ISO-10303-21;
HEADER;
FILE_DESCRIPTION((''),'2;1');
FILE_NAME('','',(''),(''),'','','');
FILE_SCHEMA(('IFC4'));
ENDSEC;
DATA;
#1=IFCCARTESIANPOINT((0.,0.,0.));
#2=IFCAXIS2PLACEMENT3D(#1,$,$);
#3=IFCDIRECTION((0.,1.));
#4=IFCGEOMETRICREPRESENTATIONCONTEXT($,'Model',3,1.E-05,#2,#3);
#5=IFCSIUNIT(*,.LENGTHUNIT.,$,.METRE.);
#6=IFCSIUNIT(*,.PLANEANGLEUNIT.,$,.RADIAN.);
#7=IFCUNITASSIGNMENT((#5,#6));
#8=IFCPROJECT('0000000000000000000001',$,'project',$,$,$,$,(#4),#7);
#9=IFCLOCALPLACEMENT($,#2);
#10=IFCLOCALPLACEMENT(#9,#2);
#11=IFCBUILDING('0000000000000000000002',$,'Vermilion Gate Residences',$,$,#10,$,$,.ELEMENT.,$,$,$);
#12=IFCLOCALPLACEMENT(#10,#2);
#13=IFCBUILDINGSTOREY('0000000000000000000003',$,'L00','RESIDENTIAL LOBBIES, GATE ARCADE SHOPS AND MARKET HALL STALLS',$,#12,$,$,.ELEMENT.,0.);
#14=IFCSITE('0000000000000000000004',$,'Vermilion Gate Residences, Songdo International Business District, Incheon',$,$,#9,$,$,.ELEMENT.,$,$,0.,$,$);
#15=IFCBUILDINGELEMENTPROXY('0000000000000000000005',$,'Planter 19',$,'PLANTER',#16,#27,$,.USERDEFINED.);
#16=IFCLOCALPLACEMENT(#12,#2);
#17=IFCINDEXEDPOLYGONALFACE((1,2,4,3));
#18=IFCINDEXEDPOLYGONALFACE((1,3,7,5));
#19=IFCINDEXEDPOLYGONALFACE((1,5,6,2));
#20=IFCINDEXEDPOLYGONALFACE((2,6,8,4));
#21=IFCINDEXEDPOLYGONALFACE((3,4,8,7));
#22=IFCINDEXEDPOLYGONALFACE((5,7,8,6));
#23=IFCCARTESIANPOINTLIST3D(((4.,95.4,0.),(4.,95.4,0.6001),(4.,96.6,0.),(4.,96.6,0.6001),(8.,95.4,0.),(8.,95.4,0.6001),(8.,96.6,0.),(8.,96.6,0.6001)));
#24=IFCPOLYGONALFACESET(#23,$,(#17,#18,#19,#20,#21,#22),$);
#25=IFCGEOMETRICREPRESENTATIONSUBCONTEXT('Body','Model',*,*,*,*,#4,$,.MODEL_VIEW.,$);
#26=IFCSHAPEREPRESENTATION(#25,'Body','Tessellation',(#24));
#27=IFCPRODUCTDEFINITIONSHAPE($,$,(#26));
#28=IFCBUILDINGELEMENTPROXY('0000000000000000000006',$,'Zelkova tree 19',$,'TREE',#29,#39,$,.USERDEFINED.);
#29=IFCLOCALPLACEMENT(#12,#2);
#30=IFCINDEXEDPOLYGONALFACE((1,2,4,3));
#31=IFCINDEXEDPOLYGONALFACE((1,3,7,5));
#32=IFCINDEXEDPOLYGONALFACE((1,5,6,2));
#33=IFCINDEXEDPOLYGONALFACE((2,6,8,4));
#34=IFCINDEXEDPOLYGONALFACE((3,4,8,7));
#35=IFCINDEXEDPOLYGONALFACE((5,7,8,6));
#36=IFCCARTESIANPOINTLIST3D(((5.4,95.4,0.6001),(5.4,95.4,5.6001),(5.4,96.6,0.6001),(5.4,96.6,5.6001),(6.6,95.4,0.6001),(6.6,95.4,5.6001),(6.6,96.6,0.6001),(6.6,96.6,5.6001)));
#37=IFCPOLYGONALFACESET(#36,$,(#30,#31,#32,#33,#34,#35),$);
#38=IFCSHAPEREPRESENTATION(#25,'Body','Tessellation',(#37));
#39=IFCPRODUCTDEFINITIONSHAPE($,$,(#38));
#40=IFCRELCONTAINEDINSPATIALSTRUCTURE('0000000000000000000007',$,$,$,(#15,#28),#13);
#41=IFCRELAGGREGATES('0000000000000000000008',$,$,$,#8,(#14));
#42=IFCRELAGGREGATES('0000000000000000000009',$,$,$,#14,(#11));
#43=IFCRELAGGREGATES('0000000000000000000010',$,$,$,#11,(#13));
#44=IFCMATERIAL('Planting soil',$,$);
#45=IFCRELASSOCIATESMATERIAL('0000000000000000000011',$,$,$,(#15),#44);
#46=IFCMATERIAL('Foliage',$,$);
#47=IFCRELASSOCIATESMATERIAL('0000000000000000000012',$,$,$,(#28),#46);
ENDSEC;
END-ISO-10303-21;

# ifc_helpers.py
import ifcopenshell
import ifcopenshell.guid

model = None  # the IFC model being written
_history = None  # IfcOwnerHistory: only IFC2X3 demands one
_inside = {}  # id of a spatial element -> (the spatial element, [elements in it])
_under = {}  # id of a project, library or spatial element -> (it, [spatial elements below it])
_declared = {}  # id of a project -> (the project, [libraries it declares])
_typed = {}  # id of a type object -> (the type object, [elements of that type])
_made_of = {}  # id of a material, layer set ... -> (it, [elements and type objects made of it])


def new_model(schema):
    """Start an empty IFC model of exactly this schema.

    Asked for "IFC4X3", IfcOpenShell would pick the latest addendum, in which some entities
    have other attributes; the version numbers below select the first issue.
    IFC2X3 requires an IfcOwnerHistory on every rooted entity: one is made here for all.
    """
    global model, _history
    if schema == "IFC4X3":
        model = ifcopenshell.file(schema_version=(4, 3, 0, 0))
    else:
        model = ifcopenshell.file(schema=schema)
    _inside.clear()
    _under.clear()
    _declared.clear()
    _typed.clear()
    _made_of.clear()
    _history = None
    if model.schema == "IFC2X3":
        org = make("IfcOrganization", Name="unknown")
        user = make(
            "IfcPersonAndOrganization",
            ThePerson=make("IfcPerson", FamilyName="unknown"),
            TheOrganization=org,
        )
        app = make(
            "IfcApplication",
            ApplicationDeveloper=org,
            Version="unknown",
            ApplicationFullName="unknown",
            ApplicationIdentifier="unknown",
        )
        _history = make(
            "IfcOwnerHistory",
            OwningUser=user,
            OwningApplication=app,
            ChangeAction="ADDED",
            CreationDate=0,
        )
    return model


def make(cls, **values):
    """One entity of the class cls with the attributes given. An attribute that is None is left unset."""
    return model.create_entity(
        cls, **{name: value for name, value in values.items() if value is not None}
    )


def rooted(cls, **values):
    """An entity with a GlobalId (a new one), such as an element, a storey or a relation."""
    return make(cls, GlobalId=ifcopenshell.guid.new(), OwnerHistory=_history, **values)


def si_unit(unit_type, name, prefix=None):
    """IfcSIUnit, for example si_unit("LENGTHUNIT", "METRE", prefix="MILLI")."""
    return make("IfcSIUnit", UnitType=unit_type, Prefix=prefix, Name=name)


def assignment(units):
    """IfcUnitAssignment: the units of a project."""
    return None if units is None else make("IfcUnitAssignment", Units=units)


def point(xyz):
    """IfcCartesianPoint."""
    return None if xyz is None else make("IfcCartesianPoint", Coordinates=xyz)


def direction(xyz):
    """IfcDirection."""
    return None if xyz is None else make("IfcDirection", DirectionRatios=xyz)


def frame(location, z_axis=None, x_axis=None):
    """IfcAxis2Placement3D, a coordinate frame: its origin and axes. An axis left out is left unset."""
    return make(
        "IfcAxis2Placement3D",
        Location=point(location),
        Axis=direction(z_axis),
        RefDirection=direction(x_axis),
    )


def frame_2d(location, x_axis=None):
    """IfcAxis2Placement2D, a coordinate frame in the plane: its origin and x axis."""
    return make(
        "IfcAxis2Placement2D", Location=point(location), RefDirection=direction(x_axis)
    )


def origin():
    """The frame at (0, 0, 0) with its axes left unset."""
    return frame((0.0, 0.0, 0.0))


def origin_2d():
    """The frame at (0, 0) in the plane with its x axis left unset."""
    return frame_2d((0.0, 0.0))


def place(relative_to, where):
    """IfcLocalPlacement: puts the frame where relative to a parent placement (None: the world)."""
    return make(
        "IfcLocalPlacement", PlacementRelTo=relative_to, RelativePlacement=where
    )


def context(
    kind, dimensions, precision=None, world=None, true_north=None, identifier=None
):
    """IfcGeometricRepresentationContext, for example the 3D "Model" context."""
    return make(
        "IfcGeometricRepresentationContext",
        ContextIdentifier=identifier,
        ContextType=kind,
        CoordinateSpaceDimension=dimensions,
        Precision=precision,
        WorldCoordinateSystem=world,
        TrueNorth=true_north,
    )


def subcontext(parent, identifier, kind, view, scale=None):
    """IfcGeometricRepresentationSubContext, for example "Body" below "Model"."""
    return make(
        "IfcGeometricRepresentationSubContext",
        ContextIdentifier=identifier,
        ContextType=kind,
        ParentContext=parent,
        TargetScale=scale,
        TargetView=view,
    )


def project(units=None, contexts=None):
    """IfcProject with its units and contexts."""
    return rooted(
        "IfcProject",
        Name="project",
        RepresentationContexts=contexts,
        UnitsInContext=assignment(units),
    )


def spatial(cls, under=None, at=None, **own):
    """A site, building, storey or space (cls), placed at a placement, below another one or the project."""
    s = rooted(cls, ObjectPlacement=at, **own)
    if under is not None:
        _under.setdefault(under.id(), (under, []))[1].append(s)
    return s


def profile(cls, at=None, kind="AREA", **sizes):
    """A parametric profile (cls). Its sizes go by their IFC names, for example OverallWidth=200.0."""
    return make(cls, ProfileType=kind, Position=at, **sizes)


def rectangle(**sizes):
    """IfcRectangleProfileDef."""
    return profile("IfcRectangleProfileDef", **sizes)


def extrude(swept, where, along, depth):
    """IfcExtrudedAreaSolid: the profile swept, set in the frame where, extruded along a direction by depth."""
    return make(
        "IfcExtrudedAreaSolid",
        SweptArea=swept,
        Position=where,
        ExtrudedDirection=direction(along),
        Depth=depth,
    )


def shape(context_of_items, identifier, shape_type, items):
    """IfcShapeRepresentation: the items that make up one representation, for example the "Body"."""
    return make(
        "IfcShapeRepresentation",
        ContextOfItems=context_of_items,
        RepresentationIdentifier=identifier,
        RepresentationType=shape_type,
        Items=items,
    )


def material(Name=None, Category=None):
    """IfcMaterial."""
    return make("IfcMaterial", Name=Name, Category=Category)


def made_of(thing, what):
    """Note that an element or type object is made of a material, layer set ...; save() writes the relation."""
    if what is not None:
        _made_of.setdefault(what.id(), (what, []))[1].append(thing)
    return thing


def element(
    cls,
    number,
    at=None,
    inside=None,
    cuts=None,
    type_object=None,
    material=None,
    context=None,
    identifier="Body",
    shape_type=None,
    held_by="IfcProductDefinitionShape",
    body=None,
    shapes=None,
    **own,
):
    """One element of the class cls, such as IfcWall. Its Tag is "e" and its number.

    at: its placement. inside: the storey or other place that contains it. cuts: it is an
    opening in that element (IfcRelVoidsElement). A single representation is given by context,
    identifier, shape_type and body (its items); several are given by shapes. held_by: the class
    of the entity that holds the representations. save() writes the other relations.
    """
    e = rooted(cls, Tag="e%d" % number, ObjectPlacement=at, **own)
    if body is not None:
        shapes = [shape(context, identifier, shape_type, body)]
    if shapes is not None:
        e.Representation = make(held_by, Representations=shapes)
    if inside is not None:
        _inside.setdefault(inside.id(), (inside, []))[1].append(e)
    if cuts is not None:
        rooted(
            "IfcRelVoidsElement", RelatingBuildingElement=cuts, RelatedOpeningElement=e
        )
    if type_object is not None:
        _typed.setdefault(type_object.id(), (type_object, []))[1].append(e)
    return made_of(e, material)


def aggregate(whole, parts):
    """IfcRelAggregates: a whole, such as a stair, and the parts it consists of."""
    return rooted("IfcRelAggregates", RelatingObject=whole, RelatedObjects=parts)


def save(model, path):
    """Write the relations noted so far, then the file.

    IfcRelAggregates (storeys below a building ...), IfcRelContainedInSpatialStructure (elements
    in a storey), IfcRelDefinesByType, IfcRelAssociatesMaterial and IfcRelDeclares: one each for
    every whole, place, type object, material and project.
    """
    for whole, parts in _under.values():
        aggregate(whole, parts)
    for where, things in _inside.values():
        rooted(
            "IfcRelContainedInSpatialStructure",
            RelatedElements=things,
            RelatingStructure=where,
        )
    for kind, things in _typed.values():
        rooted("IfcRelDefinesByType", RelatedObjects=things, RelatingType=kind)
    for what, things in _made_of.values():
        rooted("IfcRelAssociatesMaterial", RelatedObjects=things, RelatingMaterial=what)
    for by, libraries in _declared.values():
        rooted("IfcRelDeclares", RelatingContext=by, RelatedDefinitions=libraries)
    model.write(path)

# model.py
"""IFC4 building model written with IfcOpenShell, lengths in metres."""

from ifc_helpers import new_model, si_unit, direction, frame, origin, origin_2d, place, context, subcontext, project, spatial, rectangle, extrude, material, element, save


model = new_model("IFC4")

# Units and contexts
model_context = context("Model", 3, precision=1e-05, world=origin(), true_north=direction((0.0, 1.0)))
body_context = subcontext(model_context, "Body", "Model", "MODEL_VIEW")
ifc_project = project(units=[si_unit("LENGTHUNIT", "METRE"), si_unit("PLANEANGLEUNIT", "RADIAN")], contexts=[model_context])

# Site, building, storey
site_placement = place(None, origin())
site = spatial("IfcSite", under=ifc_project, at=site_placement, Name="Vermilion Gate Residences, Songdo International Business District, Incheon", CompositionType="ELEMENT", RefElevation=0.0)
building_placement = place(site_placement, origin())
building = spatial("IfcBuilding", under=site, at=building_placement, Name="Vermilion Gate Residences", CompositionType="ELEMENT")
storey_placement = place(building_placement, origin())
storey = spatial("IfcBuildingStorey", under=building, at=storey_placement, Name="L00", Description="RESIDENTIAL LOBBIES, GATE ARCADE SHOPS AND MARKET HALL STALLS", CompositionType="ELEMENT", Elevation=0.0)

# Building element proxies
ifc_material_1 = material(Name="Planting soil")
ifc_material_2 = material(Name="Foliage")
proxy_1_placement = place(storey_placement, frame((6.0, 96.0, 0.0), z_axis=(0.0, 0.0, 1.0), x_axis=(1.0, 0.0, 0.0)))
element("IfcBuildingElementProxy", 1, at=proxy_1_placement, inside=storey, material=ifc_material_1, Name="Planter 19", ObjectType="PLANTER", PredefinedType="USERDEFINED", context=body_context, shape_type="SweptSolid", body=[
    extrude(rectangle(XDim=4.0, YDim=1.2, at=origin_2d()), origin(), (0.0, 0.0, 1.0), 0.6001),
])
proxy_2_placement = place(storey_placement, frame((6.0, 96.0, 0.6001), z_axis=(0.0, 0.0, 1.0), x_axis=(1.0, 0.0, 0.0)))
element("IfcBuildingElementProxy", 2, at=proxy_2_placement, inside=storey, material=ifc_material_2, Name="Zelkova tree 19", ObjectType="TREE", PredefinedType="USERDEFINED", context=body_context, shape_type="SweptSolid", body=[
    extrude(rectangle(XDim=1.2, YDim=1.2, at=origin_2d()), origin(), (0.0, 0.0, 1.0), 5.0),
])

save(model, "model.ifc")
